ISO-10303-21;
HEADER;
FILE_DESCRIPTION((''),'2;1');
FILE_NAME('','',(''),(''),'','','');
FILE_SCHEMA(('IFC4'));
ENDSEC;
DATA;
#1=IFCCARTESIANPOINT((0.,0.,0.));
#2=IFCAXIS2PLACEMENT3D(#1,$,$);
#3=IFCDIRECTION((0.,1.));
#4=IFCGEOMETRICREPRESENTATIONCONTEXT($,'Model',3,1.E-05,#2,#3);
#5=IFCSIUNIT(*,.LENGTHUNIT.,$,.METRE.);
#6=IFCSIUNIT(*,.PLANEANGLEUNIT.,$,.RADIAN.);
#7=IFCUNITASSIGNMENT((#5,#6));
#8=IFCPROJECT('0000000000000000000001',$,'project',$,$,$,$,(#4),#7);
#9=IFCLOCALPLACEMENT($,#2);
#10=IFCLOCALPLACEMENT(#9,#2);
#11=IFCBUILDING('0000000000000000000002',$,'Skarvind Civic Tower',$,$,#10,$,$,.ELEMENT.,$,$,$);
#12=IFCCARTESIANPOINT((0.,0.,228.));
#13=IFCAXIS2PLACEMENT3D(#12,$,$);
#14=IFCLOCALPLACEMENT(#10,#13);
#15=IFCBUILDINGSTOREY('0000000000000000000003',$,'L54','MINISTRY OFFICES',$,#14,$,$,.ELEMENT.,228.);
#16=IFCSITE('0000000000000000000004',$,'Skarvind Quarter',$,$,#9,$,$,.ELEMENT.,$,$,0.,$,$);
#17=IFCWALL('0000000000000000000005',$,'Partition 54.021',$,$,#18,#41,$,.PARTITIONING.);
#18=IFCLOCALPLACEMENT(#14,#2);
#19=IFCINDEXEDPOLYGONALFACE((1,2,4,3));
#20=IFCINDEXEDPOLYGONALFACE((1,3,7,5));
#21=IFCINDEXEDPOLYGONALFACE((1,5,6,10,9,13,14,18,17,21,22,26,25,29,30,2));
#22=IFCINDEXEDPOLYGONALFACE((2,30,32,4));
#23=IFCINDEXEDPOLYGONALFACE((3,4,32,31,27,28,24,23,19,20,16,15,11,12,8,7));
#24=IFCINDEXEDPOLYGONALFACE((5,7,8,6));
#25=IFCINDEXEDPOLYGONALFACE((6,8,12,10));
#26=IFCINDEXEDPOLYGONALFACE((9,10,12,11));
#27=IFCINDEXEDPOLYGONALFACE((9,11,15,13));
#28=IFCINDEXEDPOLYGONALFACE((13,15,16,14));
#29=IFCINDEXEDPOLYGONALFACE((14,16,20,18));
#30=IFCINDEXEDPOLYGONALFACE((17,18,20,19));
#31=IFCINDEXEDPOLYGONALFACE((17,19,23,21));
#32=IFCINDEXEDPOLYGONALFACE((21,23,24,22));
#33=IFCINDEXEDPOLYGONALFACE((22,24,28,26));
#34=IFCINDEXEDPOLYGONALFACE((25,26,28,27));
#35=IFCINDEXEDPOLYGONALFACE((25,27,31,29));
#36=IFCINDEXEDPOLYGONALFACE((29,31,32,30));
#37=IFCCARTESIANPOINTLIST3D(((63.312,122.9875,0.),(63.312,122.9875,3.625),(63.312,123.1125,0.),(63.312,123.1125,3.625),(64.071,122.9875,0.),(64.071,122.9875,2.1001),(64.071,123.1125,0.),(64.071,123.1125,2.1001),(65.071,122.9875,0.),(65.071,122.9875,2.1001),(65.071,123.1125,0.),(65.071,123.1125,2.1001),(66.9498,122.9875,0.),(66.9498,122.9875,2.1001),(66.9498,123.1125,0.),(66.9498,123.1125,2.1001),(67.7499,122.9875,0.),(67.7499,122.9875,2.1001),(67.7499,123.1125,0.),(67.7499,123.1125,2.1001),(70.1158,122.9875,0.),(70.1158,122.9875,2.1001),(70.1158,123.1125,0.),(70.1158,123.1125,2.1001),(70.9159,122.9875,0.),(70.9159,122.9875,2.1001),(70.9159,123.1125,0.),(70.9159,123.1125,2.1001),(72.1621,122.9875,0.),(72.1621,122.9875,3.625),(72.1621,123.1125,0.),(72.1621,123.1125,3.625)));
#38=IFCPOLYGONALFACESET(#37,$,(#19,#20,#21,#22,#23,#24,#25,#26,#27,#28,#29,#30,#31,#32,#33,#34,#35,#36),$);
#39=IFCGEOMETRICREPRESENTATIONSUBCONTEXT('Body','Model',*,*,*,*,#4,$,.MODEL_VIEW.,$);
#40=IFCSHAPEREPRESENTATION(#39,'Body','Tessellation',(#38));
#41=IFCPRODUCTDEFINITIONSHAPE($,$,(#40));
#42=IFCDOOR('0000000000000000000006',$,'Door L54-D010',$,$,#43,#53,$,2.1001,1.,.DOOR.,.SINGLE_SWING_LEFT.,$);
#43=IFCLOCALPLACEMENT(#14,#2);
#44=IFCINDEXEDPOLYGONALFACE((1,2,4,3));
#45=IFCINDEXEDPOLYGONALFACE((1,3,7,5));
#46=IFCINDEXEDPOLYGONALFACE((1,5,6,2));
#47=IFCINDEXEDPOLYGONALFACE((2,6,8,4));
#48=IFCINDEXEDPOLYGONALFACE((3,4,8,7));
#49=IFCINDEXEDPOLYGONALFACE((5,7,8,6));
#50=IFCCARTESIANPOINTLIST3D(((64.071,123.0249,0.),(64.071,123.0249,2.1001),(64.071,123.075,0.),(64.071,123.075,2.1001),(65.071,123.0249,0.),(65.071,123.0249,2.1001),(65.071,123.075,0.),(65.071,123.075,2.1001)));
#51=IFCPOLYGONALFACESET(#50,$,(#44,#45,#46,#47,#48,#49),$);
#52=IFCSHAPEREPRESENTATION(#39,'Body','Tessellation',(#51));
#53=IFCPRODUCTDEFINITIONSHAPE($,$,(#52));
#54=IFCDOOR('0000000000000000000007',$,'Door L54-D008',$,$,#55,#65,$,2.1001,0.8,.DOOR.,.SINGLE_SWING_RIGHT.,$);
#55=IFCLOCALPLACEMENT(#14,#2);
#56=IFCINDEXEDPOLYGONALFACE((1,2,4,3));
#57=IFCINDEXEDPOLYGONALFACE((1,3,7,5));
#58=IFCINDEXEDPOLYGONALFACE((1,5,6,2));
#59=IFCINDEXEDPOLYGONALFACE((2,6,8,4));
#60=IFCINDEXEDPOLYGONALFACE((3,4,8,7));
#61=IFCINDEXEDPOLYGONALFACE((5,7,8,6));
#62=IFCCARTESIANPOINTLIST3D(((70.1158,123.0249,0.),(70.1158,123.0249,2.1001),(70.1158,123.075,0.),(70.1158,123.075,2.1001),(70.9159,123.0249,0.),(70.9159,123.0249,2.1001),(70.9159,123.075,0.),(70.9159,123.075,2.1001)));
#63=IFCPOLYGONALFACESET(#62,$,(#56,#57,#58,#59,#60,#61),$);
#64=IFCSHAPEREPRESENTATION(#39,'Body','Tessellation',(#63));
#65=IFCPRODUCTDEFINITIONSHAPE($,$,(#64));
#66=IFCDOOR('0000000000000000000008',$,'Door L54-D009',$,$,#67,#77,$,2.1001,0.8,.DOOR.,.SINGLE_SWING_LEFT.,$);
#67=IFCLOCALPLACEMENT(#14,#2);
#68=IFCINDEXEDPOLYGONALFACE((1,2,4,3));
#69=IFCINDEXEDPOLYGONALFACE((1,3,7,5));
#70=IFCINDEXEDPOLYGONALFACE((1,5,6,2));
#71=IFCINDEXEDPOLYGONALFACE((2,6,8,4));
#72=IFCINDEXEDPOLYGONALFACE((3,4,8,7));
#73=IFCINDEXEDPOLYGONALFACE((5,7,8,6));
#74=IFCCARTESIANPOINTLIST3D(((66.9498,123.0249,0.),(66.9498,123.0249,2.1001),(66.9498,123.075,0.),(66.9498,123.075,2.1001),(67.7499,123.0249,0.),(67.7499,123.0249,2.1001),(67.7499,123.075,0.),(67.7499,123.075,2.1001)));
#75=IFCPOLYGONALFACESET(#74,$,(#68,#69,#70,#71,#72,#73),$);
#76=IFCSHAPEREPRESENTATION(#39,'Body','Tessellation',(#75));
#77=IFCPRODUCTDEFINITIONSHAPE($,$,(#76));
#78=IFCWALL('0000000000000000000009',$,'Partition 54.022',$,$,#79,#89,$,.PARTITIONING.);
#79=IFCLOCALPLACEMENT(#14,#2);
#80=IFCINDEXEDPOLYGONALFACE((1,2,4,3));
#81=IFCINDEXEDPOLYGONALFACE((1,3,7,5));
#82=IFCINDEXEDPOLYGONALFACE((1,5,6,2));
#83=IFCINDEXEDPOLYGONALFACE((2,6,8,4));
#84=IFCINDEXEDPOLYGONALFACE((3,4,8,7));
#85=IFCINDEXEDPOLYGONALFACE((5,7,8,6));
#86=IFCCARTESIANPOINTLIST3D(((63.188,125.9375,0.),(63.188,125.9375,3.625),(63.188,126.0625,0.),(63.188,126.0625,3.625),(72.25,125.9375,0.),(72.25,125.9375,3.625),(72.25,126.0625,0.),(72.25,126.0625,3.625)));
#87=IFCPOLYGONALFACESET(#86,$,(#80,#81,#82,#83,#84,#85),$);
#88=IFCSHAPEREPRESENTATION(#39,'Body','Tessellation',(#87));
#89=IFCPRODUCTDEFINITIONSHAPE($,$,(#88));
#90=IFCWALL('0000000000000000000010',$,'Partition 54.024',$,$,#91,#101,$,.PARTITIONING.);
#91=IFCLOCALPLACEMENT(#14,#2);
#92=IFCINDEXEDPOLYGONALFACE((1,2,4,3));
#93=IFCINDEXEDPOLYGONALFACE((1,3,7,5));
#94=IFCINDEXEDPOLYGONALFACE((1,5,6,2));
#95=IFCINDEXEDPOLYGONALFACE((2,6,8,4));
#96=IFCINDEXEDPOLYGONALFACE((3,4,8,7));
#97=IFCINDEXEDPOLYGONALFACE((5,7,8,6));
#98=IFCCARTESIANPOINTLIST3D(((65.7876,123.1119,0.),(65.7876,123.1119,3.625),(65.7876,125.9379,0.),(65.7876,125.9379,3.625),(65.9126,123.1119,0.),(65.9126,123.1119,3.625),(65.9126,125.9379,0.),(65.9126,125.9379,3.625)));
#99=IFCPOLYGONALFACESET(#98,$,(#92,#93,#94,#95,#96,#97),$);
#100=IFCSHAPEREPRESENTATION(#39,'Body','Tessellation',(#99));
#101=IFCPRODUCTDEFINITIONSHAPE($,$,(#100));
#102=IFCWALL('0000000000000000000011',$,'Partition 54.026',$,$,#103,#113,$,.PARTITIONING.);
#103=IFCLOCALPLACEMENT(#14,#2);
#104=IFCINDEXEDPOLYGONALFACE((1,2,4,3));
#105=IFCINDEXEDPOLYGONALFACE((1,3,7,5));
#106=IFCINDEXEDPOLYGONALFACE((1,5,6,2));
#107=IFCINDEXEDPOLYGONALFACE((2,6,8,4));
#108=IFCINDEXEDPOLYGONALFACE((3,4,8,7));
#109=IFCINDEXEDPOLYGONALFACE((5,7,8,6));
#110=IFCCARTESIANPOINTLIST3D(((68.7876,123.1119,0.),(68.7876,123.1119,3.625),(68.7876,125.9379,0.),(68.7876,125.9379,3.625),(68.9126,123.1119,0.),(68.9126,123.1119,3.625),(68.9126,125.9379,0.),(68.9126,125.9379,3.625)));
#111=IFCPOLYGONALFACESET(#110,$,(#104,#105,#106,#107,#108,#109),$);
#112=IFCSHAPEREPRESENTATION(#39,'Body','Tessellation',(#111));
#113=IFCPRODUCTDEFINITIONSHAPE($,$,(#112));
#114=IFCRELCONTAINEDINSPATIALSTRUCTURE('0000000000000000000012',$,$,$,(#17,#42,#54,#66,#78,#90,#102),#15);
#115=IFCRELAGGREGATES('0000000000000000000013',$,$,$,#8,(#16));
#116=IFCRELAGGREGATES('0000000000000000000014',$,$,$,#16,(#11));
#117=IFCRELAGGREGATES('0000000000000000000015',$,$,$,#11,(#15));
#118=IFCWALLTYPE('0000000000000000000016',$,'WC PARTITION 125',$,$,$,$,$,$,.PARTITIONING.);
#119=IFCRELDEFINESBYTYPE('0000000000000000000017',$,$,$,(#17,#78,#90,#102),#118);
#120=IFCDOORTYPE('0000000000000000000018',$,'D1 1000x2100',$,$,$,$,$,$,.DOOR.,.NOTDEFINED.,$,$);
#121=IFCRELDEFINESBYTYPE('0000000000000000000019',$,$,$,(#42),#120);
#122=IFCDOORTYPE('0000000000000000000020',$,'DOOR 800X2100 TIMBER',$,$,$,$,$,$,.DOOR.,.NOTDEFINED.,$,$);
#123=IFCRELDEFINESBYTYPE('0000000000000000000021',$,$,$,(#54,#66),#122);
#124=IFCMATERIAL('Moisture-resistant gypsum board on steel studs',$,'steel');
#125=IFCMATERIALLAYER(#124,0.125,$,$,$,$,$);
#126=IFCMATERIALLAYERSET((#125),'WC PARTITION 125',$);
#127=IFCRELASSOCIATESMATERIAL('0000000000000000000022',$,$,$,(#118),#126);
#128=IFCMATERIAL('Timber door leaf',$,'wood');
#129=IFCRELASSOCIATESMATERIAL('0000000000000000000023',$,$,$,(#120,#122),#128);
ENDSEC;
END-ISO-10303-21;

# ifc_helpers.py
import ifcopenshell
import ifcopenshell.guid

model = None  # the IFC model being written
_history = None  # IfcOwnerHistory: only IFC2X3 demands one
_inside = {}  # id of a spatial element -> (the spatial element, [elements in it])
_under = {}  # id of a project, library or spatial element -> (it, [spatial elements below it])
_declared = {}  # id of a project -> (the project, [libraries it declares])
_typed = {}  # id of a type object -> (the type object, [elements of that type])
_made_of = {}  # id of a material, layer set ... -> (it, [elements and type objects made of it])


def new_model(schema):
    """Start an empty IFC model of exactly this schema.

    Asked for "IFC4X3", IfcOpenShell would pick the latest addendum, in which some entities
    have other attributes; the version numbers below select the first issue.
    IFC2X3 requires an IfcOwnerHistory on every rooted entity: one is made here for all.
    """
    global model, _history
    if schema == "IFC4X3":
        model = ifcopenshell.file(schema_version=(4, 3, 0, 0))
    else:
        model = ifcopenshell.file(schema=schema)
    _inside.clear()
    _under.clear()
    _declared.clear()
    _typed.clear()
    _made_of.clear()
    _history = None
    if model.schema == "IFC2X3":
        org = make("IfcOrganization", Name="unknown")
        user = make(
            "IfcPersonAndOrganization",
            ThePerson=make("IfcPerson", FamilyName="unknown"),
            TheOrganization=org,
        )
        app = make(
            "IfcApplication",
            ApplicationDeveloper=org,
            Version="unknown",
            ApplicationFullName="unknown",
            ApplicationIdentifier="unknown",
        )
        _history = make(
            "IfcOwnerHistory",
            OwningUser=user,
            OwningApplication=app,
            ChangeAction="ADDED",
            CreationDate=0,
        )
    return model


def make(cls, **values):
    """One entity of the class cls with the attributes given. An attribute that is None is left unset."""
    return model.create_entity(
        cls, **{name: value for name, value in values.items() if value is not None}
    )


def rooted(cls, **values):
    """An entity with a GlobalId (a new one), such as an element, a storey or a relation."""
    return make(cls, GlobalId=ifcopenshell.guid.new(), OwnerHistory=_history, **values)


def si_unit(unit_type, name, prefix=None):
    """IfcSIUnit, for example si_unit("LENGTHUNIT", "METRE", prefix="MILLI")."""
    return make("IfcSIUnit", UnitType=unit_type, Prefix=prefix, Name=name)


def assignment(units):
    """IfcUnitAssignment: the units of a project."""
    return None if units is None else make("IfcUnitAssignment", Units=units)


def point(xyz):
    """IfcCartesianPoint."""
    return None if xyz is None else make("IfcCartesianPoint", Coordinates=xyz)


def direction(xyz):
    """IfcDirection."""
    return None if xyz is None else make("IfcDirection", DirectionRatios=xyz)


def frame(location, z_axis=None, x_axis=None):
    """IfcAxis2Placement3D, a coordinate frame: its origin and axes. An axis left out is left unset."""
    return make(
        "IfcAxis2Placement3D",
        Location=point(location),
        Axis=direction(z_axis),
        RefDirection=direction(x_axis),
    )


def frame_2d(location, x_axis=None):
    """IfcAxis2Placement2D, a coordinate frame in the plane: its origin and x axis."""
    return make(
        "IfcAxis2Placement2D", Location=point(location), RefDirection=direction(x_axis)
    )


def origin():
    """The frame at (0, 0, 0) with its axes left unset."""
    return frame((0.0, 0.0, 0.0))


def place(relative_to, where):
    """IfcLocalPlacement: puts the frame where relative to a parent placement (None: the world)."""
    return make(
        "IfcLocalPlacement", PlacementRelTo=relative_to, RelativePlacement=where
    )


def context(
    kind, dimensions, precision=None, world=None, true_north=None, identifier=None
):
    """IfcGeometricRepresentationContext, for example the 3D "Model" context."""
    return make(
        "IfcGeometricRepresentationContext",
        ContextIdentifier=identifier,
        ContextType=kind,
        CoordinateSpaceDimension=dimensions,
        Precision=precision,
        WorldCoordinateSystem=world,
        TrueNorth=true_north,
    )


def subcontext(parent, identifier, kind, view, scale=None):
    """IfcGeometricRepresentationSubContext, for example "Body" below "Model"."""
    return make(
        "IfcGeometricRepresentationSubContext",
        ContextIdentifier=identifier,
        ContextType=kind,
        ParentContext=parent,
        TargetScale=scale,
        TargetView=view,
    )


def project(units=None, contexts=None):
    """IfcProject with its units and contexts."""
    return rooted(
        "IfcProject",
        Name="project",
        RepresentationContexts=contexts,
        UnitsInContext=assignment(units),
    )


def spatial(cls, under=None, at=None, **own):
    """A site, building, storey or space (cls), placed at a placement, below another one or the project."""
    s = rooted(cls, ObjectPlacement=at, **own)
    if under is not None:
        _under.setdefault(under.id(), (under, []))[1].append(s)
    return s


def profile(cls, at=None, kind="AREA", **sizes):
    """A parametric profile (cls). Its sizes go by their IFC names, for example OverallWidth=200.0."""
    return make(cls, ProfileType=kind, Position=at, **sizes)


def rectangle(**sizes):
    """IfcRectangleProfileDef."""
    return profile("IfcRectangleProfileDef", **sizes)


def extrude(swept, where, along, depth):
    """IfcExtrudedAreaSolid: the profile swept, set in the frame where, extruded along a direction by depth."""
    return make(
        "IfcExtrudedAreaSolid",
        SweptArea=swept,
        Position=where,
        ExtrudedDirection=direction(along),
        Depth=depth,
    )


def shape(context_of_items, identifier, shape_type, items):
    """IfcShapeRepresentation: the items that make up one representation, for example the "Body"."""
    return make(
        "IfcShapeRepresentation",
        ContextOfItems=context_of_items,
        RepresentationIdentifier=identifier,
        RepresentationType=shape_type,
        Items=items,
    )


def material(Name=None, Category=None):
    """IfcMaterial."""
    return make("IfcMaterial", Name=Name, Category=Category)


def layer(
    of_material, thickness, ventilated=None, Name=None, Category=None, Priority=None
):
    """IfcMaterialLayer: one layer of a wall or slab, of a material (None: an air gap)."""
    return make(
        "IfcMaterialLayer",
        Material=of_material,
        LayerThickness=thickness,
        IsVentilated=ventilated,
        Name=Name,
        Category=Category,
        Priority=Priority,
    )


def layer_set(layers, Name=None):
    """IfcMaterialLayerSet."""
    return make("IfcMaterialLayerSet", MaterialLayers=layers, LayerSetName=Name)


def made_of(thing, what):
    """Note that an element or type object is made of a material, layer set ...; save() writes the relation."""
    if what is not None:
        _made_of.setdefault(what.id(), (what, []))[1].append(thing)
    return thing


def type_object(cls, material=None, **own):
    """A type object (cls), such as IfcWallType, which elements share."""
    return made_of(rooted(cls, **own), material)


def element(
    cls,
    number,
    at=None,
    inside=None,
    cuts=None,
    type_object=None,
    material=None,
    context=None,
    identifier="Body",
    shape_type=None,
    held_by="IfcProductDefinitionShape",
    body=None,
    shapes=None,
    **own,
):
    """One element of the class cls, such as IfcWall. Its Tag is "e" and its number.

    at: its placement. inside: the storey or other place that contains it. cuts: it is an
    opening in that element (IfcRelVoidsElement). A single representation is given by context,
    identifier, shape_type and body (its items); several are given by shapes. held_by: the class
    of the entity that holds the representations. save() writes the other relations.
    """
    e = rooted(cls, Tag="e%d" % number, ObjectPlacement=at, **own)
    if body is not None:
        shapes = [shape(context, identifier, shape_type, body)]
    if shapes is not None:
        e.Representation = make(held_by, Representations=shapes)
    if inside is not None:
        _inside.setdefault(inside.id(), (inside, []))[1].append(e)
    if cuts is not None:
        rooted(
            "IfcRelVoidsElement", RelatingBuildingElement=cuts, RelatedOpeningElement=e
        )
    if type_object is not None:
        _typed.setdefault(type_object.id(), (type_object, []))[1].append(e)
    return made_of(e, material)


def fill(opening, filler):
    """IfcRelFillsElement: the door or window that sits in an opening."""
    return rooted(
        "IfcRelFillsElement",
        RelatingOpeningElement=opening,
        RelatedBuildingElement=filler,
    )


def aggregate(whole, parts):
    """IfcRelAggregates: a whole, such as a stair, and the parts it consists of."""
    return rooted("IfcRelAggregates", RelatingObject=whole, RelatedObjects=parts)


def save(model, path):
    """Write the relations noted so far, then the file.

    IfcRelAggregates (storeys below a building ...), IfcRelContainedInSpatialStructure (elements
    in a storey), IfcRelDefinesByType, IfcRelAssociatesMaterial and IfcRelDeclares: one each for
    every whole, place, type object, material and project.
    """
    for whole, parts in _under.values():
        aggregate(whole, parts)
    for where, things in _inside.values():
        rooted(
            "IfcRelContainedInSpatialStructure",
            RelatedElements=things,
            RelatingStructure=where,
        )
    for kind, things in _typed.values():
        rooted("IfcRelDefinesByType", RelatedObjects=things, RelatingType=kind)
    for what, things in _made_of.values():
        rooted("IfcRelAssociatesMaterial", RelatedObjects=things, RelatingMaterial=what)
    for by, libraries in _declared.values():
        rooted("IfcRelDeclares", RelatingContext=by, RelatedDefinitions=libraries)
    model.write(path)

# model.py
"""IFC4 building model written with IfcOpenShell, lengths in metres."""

from ifc_helpers import new_model, si_unit, direction, frame, frame_2d, origin, place, context, subcontext, project, spatial, rectangle, extrude, material, layer, layer_set, type_object, element, fill, save


model = new_model("IFC4")

# Units and contexts
model_context = context("Model", 3, precision=1e-05, world=origin(), true_north=direction((0.0, 1.0)))
body_context = subcontext(model_context, "Body", "Model", "MODEL_VIEW")
ifc_project = project(units=[si_unit("LENGTHUNIT", "METRE"), si_unit("PLANEANGLEUNIT", "RADIAN")], contexts=[model_context])

# Site, building, storey
site_placement = place(None, origin())
site = spatial("IfcSite", under=ifc_project, at=site_placement, Name="Skarvind Quarter", CompositionType="ELEMENT", RefElevation=0.0)
building_placement = place(site_placement, origin())
building = spatial("IfcBuilding", under=site, at=building_placement, Name="Skarvind Civic Tower", CompositionType="ELEMENT")
storey_placement = place(building_placement, frame((0.0, 0.0, 228.0)))
storey = spatial("IfcBuildingStorey", under=building, at=storey_placement, Name="L54", Description="MINISTRY OFFICES", CompositionType="ELEMENT", Elevation=228.0)

# Shared definitions
ifc_material_1 = material(Name="Moisture-resistant gypsum board on steel studs", Category="steel")
ifc_layer_1 = layer(ifc_material_1, 0.125)
ifc_layer_set_1 = layer_set([ifc_layer_1], Name="WC PARTITION 125")
wall_type_1 = type_object("IfcWallType", Name="WC PARTITION 125", PredefinedType="PARTITIONING", material=ifc_layer_set_1)

# Wall, openings, doors
wall_1_placement = place(storey_placement, frame((63.312, 123.05, 0.0), z_axis=(0.0, 0.0, 1.0), x_axis=(1.0, 0.0, 0.0)))
wall_1 = element("IfcWall", 1, at=wall_1_placement, inside=storey, type_object=wall_type_1, Name="Partition 54.021", PredefinedType="PARTITIONING", context=body_context, shape_type="SweptSolid", body=[
    extrude(rectangle(XDim=8.8501, YDim=0.125, at=frame_2d((4.425, 0.0))), origin(), (0.0, 0.0, 1.0), 3.625),
])
opening_1_placement = place(wall_1_placement, frame((6.804, 0.0, 0.0)))
opening_1 = element("IfcOpeningElement", 2, at=opening_1_placement, cuts=wall_1, PredefinedType="OPENING", context=body_context, shape_type="SweptSolid", body=[
    extrude(rectangle(XDim=0.8, YDim=2.1001, at=frame_2d((0.3999, 1.05))), frame((0.0, 0.0725, 0.0), z_axis=(0.0, -1.0, 0.0), x_axis=(1.0, 0.0, 0.0)), (0.0, 0.0, 1.0), 0.145),
])
opening_2_placement = place(wall_1_placement, frame((3.6379, 0.0, 0.0)))
opening_2 = element("IfcOpeningElement", 3, at=opening_2_placement, cuts=wall_1, PredefinedType="OPENING", context=body_context, shape_type="SweptSolid", body=[
    extrude(rectangle(XDim=0.8, YDim=2.1001, at=frame_2d((0.3999, 1.05))), frame((0.0, 0.0725, 0.0), z_axis=(0.0, -1.0, 0.0), x_axis=(1.0, 0.0, 0.0)), (0.0, 0.0, 1.0), 0.145),
])
opening_3_placement = place(wall_1_placement, frame((0.759, 0.0, 0.0)))
opening_3 = element("IfcOpeningElement", 4, at=opening_3_placement, cuts=wall_1, PredefinedType="OPENING", context=body_context, shape_type="SweptSolid", body=[
    extrude(rectangle(XDim=1.0, YDim=2.1001, at=frame_2d((0.5, 1.05))), frame((0.0, 0.0725, 0.0), z_axis=(0.0, -1.0, 0.0), x_axis=(1.0, 0.0, 0.0)), (0.0, 0.0, 1.0), 0.145),
])
ifc_material_2 = material(Name="Timber door leaf", Category="wood")
door_type_1 = type_object("IfcDoorType", Name="D1 1000x2100", OperationType="NOTDEFINED", PredefinedType="DOOR", material=ifc_material_2)
door_1_placement = place(opening_3_placement, origin())
door_1 = element("IfcDoor", 5, at=door_1_placement, inside=storey, type_object=door_type_1, Name="Door L54-D010", OperationType="SINGLE_SWING_LEFT", OverallHeight=2.1001, OverallWidth=1.0, PredefinedType="DOOR", context=body_context, shape_type="SweptSolid", body=[
    extrude(rectangle(XDim=1.0, YDim=2.1001, at=frame_2d((0.5, 1.05))), frame((0.0, 0.0249, 0.0), z_axis=(0.0, -1.0, 0.0), x_axis=(1.0, 0.0, 0.0)), (0.0, 0.0, 1.0), 0.05),
])
fill(opening_3, door_1)
door_type_2 = type_object("IfcDoorType", Name="DOOR 800X2100 TIMBER", OperationType="NOTDEFINED", PredefinedType="DOOR", material=ifc_material_2)
door_2_placement = place(opening_1_placement, origin())
door_2 = element("IfcDoor", 6, at=door_2_placement, inside=storey, type_object=door_type_2, Name="Door L54-D008", OperationType="SINGLE_SWING_RIGHT", OverallHeight=2.1001, OverallWidth=0.8, PredefinedType="DOOR", context=body_context, shape_type="SweptSolid", body=[
    extrude(rectangle(XDim=0.8, YDim=2.1001, at=frame_2d((0.3999, 1.05))), frame((0.0, 0.0249, 0.0), z_axis=(0.0, -1.0, 0.0), x_axis=(1.0, 0.0, 0.0)), (0.0, 0.0, 1.0), 0.05),
])
fill(opening_1, door_2)
door_3_placement = place(opening_2_placement, origin())
door_3 = element("IfcDoor", 7, at=door_3_placement, inside=storey, type_object=door_type_2, Name="Door L54-D009", OperationType="SINGLE_SWING_LEFT", OverallHeight=2.1001, OverallWidth=0.8, PredefinedType="DOOR", context=body_context, shape_type="SweptSolid", body=[
    extrude(rectangle(XDim=0.8, YDim=2.1001, at=frame_2d((0.3999, 1.05))), frame((0.0, 0.0249, 0.0), z_axis=(0.0, -1.0, 0.0), x_axis=(1.0, 0.0, 0.0)), (0.0, 0.0, 1.0), 0.05),
])
fill(opening_2, door_3)

# Walls
wall_2_placement = place(storey_placement, frame((63.188, 126.0, 0.0), z_axis=(0.0, 0.0, 1.0), x_axis=(1.0, 0.0, 0.0)))
element("IfcWall", 8, at=wall_2_placement, inside=storey, type_object=wall_type_1, Name="Partition 54.022", PredefinedType="PARTITIONING", context=body_context, shape_type="SweptSolid", body=[
    extrude(rectangle(XDim=9.062, YDim=0.125, at=frame_2d((4.531, 0.0))), origin(), (0.0, 0.0, 1.0), 3.625),
])
for number, where, z_axis, x_axis, name in (
    (9, (65.8501, 125.938, 0.0), (0.0, 0.0, 1.0), (0.0, -1.0, 0.0), "Partition 54.024"),
    (10, (68.8501, 125.938, 0.0), (0.0, 0.0, 1.0), (0.0, -1.0, 0.0), "Partition 54.026"),
):
    element("IfcWall", number, at=place(storey_placement, frame(where, z_axis=z_axis, x_axis=x_axis)), inside=storey, type_object=wall_type_1, Name=name, PredefinedType="PARTITIONING", context=body_context, shape_type="SweptSolid", body=[
        extrude(rectangle(XDim=2.8259, YDim=0.125, at=frame_2d((1.4131, 0.0))), origin(), (0.0, 0.0, 1.0), 3.625),
    ])

save(model, "model.ifc")
